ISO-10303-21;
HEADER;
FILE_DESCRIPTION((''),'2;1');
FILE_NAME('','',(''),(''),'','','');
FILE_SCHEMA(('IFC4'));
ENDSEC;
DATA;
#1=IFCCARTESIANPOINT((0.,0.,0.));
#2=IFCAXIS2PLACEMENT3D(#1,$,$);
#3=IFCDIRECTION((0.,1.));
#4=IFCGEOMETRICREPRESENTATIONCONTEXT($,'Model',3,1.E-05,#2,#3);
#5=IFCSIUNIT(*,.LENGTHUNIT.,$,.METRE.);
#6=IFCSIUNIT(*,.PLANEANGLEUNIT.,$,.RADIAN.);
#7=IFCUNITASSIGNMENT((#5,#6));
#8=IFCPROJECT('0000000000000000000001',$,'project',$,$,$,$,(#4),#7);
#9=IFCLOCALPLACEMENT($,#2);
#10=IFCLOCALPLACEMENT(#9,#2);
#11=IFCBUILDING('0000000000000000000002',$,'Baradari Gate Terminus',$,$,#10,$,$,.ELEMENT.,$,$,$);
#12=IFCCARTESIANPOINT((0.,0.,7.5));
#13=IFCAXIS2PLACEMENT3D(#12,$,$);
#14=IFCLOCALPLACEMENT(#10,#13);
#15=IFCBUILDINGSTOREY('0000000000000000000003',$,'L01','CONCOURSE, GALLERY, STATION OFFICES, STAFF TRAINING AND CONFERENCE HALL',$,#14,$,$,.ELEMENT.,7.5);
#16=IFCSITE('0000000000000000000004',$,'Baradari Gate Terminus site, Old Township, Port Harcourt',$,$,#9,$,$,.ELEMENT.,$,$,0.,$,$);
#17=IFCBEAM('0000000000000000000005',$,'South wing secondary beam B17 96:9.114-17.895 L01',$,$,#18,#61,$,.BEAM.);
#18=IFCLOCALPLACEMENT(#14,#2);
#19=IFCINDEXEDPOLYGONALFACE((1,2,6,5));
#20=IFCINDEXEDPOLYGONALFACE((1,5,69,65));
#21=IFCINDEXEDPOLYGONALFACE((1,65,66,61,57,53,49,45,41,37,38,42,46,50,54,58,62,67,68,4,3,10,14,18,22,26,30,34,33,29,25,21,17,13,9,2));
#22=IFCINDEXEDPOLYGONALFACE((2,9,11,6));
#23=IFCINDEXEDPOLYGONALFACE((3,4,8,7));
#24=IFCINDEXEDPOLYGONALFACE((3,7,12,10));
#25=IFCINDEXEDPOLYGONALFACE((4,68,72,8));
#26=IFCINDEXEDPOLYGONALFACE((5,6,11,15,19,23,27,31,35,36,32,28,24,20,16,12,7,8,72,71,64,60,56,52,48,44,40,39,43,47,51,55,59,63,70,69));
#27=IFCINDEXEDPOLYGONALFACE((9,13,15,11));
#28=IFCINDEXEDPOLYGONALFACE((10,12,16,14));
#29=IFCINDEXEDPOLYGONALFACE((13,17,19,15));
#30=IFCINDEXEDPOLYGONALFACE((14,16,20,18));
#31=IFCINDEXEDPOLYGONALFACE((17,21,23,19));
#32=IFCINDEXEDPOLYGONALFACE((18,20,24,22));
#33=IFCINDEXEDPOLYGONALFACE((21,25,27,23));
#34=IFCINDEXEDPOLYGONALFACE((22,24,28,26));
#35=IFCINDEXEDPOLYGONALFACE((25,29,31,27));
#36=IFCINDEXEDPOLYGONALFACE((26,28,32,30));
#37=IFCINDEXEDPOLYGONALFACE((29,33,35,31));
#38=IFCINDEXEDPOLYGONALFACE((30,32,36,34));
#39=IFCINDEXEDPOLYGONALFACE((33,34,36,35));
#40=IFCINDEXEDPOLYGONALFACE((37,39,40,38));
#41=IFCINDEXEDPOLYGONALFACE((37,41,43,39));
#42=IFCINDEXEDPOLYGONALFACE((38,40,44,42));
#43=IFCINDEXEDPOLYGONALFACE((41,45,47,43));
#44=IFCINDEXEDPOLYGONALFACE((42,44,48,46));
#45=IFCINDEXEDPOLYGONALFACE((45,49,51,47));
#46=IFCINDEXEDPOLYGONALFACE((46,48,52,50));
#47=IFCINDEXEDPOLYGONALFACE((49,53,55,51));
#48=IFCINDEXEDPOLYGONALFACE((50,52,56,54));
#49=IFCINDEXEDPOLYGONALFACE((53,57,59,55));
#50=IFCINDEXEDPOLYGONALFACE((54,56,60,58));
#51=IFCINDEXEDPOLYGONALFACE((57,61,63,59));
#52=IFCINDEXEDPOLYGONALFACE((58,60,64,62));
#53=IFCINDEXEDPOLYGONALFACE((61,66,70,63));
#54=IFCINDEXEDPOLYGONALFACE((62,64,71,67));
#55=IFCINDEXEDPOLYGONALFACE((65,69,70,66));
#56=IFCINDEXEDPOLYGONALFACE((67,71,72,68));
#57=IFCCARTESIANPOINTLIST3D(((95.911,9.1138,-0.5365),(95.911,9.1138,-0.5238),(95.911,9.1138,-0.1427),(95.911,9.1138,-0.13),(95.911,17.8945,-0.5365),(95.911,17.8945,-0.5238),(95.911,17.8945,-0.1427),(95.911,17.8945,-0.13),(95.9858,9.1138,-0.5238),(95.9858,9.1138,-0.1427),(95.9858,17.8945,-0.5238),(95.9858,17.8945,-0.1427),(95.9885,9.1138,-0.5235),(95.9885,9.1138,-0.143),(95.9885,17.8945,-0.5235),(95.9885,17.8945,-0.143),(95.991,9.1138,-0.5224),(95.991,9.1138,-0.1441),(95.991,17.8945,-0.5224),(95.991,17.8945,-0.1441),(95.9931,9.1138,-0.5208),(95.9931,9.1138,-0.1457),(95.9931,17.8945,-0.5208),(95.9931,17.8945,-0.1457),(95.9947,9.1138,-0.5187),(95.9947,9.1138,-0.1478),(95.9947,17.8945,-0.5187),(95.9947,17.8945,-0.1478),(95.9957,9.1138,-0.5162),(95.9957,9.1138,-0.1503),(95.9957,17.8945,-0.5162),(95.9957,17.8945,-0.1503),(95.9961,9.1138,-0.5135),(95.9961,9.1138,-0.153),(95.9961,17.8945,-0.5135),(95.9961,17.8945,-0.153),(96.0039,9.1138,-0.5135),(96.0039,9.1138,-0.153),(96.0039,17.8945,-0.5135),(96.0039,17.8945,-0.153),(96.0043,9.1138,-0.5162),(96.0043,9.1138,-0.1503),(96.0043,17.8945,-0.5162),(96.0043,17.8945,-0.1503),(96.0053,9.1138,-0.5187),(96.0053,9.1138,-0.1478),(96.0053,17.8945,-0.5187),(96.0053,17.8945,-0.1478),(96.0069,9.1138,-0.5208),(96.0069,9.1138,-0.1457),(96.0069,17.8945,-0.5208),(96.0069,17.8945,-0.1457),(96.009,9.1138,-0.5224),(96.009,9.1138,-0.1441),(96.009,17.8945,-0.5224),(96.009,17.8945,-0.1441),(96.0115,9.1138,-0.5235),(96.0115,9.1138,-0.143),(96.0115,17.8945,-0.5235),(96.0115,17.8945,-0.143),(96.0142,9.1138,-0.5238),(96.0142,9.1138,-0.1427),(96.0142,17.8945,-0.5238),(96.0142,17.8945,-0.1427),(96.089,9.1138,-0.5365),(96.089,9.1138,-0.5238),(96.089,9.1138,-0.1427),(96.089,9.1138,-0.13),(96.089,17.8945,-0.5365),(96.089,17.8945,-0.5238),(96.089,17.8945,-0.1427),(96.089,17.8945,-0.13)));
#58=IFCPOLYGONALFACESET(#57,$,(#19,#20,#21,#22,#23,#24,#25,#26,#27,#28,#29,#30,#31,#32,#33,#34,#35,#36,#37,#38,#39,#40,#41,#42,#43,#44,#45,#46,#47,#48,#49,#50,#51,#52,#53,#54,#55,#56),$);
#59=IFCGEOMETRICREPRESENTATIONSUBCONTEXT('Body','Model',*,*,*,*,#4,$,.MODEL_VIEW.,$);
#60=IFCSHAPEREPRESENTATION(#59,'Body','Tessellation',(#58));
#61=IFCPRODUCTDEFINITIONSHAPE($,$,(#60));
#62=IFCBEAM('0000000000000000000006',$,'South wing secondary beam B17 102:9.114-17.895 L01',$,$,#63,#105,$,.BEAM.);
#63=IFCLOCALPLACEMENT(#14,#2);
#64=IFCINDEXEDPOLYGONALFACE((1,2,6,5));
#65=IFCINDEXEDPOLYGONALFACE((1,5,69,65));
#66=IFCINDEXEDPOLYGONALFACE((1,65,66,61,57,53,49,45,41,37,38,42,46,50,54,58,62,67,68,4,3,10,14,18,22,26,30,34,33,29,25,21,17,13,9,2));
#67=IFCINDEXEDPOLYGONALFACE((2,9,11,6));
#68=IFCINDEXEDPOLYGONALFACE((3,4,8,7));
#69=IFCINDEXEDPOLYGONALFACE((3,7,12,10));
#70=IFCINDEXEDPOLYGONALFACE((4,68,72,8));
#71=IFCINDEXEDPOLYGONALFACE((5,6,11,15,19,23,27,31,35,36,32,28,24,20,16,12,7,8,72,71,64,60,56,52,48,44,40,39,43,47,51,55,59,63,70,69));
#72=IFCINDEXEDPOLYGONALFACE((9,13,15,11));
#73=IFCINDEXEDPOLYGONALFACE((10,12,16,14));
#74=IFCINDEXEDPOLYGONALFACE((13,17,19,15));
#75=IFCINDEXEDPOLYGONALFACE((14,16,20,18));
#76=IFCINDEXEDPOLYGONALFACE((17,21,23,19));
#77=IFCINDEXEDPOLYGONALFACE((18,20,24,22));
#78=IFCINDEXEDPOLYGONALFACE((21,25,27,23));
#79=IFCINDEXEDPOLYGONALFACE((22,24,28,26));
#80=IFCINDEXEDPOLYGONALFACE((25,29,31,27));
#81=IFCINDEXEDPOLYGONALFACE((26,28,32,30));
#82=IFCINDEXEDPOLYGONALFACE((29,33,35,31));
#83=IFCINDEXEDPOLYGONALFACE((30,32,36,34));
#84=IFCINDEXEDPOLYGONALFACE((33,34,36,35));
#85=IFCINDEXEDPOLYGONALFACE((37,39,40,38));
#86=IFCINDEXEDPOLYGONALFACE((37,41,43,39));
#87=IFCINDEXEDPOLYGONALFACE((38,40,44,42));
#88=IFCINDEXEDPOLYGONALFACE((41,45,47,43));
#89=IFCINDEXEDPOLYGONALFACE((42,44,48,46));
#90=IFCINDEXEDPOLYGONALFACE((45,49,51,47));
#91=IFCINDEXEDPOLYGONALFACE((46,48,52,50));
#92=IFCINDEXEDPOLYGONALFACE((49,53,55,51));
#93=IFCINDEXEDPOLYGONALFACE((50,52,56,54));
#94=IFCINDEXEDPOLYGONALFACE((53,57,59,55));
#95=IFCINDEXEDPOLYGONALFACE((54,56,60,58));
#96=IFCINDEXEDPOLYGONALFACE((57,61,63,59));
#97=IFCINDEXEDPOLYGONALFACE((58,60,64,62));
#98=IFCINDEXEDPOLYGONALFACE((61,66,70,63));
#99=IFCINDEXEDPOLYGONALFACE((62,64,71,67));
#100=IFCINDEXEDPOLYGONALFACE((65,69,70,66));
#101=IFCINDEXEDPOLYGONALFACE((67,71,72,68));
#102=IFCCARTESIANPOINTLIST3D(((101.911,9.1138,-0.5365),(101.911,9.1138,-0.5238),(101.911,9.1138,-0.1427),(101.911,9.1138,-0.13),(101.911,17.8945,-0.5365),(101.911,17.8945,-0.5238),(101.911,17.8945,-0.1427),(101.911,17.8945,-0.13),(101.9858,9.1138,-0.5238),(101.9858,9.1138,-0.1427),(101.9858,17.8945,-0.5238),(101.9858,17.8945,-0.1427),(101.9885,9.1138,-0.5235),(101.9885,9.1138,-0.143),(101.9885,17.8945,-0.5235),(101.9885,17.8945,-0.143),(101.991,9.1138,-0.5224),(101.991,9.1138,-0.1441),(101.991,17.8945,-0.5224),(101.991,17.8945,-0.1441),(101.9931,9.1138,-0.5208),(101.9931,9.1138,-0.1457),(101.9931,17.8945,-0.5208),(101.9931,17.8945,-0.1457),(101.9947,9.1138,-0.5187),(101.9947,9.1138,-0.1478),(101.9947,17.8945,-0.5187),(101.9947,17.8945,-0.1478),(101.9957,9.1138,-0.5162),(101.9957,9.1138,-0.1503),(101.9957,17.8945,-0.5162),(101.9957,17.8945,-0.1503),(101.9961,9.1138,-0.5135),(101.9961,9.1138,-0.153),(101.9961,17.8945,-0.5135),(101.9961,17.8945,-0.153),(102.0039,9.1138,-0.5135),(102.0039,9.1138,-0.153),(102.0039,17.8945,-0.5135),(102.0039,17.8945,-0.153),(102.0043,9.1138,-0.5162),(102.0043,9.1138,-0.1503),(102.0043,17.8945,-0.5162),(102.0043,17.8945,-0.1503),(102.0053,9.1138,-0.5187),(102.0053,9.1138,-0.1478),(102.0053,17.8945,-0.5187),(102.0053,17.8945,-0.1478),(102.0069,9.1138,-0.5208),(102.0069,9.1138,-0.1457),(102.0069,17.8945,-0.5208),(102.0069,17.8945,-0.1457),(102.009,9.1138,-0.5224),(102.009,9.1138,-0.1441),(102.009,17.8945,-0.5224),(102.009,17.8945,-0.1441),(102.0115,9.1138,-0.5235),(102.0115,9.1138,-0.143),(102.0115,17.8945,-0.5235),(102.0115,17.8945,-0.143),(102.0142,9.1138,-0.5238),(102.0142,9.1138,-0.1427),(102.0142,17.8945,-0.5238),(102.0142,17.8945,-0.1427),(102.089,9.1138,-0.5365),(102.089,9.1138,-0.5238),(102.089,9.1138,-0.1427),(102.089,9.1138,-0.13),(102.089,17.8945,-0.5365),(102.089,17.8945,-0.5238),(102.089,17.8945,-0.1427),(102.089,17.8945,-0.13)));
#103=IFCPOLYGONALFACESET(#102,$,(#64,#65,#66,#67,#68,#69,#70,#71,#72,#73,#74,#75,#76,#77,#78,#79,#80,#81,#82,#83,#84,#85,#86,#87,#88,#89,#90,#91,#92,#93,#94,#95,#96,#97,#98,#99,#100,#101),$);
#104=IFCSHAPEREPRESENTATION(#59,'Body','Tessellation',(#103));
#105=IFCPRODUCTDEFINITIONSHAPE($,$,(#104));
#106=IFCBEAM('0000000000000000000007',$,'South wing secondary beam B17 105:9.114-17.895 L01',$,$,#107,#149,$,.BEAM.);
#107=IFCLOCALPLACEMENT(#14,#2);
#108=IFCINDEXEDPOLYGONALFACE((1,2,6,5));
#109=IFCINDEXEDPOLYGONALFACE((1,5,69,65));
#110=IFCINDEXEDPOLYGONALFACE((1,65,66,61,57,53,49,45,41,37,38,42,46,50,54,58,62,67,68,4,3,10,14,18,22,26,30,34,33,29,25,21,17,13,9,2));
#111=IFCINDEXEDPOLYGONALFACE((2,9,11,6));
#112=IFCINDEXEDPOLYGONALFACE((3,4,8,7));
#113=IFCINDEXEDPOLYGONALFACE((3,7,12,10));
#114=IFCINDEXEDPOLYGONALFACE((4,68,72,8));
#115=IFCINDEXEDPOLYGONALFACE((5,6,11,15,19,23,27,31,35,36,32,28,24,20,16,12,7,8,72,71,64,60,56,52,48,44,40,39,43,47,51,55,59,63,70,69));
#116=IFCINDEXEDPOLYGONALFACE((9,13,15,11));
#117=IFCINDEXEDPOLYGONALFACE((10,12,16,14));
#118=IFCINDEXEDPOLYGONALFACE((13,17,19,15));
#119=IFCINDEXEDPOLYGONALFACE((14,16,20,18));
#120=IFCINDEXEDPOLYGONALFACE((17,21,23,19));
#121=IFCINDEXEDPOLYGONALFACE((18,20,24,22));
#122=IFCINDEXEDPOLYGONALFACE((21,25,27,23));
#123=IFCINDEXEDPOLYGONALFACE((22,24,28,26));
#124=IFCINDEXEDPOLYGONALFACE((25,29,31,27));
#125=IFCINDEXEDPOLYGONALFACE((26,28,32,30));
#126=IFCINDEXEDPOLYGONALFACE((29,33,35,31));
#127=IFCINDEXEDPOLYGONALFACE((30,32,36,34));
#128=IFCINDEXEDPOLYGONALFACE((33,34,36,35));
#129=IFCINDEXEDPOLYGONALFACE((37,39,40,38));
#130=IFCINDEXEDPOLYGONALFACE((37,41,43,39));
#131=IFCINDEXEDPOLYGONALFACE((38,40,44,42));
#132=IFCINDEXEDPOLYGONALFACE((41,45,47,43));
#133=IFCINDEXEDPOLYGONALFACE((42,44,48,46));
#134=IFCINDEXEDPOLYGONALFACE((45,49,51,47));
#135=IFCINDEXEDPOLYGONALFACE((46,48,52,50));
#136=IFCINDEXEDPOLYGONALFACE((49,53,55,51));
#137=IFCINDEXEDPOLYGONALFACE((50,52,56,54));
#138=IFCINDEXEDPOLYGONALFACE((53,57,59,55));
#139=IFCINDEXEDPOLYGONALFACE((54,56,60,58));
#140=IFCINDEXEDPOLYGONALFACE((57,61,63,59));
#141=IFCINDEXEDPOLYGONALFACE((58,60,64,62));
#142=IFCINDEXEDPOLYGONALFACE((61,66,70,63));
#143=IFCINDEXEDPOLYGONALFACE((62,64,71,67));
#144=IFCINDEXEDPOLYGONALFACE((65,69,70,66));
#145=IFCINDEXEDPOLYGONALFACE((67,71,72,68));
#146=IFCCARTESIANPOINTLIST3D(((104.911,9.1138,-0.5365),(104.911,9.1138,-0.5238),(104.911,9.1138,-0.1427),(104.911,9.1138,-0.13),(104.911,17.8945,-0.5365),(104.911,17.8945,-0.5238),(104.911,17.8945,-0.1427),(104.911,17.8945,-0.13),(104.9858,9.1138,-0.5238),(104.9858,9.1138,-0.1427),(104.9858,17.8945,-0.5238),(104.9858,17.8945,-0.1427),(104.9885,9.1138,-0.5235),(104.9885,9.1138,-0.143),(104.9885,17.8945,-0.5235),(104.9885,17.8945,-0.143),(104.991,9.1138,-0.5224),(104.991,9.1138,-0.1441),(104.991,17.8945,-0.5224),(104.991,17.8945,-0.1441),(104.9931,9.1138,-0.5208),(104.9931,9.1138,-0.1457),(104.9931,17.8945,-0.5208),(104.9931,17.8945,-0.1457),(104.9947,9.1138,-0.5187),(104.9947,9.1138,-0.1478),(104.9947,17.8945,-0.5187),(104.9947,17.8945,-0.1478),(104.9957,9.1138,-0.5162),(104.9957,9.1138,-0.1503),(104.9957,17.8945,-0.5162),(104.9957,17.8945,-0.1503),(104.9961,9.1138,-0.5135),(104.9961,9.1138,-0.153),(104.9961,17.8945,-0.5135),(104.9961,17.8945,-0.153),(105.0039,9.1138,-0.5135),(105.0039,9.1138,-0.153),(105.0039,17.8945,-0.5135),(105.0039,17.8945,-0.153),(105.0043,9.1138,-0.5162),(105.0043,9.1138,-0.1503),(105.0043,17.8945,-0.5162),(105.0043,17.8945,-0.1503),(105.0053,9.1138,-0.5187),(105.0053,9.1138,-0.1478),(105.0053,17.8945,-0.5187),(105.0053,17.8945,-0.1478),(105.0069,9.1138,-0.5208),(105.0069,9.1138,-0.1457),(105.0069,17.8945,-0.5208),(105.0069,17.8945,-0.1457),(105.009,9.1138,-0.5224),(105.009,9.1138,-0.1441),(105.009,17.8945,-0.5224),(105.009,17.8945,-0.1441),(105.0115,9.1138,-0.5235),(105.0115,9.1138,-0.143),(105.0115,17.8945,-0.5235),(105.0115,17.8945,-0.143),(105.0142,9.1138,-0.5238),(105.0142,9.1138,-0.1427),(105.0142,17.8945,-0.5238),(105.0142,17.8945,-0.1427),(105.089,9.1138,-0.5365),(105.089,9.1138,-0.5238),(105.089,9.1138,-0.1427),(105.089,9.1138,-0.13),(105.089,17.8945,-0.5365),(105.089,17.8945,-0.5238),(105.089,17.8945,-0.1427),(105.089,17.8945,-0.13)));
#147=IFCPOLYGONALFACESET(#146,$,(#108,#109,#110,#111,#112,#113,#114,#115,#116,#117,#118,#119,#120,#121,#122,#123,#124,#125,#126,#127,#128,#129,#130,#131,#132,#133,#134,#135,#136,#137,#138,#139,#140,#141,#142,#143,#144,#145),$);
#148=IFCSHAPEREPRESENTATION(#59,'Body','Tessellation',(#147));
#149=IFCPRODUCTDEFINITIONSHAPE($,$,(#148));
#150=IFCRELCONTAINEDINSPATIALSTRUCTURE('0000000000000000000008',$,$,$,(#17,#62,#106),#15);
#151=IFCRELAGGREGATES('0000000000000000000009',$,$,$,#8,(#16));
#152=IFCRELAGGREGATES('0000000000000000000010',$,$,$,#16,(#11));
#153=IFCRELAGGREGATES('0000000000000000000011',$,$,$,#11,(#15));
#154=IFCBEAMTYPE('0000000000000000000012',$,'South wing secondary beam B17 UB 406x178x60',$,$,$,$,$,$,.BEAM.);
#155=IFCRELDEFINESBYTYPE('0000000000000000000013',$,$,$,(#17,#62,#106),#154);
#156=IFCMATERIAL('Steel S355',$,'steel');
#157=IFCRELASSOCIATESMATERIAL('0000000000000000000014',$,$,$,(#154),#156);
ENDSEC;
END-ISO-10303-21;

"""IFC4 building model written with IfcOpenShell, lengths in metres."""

from ifc_helpers import new_model, si_unit, direction, frame, origin, origin_2d, place, context, subcontext, project, spatial, i_section, extrude, material, material_profile, profile_set, type_object, element, save


model = new_model("IFC4")

# Units and contexts
model_context = context("Model", 3, precision=1e-05, world=origin(), true_north=direction((0.0, 1.0)))
body_context = subcontext(model_context, "Body", "Model", "MODEL_VIEW")
ifc_project = project(units=[si_unit("LENGTHUNIT", "METRE"), si_unit("PLANEANGLEUNIT", "RADIAN")], contexts=[model_context])

# Site, building, storey
site_placement = place(None, origin())
site = spatial("IfcSite", under=ifc_project, at=site_placement, Name="Baradari Gate Terminus site, Old Township, Port Harcourt", CompositionType="ELEMENT", RefElevation=0.0)
building_placement = place(site_placement, origin())
building = spatial("IfcBuilding", under=site, at=building_placement, Name="Baradari Gate Terminus", CompositionType="ELEMENT")
storey_placement = place(building_placement, frame((0.0, 0.0, 7.5)))
storey = spatial("IfcBuildingStorey", under=building, at=storey_placement, Name="L01", Description="CONCOURSE, GALLERY, STATION OFFICES, STAFF TRAINING AND CONFERENCE HALL", CompositionType="ELEMENT", Elevation=7.5)

# Beams
ifc_material_1 = material(Name="Steel S355", Category="steel")
ifc_material_profile_1 = material_profile(ifc_material_1, i_section(OverallWidth=0.178, OverallDepth=0.4065, WebThickness=0.0078, FlangeThickness=0.0127, FilletRadius=0.0103, at=origin_2d()), Name="UB 406x178x60")
ifc_profile_set_1 = profile_set([ifc_material_profile_1], Name="Steel S355")
beam_type_1 = type_object("IfcBeamType", Name="South wing secondary beam B17 UB 406x178x60", PredefinedType="BEAM", material=ifc_profile_set_1)
for number, where, z_axis, x_axis, name in (
    (1, (96.0, 9.1138, -0.3333), (0.0, 1.0, 0.0), (-1.0, 0.0, 0.0), "South wing secondary beam B17 96:9.114-17.895 L01"),
    (2, (102.0, 9.1138, -0.3333), (0.0, 1.0, 0.0), (-1.0, 0.0, 0.0), "South wing secondary beam B17 102:9.114-17.895 L01"),
    (3, (105.0, 9.1138, -0.3333), (0.0, 1.0, 0.0), (-1.0, 0.0, 0.0), "South wing secondary beam B17 105:9.114-17.895 L01"),
):
    element("IfcBeam", number, at=place(storey_placement, frame(where, z_axis=z_axis, x_axis=x_axis)), inside=storey, type_object=beam_type_1, Name=name, PredefinedType="BEAM", context=body_context, shape_type="SweptSolid", body=[
        extrude(i_section(OverallWidth=0.178, OverallDepth=0.4065, WebThickness=0.0078, FlangeThickness=0.0127, FilletRadius=0.0103, at=origin_2d()), origin(), (0.0, 0.0, 1.0), 8.7808),
    ])

save(model, "model.ifc")
